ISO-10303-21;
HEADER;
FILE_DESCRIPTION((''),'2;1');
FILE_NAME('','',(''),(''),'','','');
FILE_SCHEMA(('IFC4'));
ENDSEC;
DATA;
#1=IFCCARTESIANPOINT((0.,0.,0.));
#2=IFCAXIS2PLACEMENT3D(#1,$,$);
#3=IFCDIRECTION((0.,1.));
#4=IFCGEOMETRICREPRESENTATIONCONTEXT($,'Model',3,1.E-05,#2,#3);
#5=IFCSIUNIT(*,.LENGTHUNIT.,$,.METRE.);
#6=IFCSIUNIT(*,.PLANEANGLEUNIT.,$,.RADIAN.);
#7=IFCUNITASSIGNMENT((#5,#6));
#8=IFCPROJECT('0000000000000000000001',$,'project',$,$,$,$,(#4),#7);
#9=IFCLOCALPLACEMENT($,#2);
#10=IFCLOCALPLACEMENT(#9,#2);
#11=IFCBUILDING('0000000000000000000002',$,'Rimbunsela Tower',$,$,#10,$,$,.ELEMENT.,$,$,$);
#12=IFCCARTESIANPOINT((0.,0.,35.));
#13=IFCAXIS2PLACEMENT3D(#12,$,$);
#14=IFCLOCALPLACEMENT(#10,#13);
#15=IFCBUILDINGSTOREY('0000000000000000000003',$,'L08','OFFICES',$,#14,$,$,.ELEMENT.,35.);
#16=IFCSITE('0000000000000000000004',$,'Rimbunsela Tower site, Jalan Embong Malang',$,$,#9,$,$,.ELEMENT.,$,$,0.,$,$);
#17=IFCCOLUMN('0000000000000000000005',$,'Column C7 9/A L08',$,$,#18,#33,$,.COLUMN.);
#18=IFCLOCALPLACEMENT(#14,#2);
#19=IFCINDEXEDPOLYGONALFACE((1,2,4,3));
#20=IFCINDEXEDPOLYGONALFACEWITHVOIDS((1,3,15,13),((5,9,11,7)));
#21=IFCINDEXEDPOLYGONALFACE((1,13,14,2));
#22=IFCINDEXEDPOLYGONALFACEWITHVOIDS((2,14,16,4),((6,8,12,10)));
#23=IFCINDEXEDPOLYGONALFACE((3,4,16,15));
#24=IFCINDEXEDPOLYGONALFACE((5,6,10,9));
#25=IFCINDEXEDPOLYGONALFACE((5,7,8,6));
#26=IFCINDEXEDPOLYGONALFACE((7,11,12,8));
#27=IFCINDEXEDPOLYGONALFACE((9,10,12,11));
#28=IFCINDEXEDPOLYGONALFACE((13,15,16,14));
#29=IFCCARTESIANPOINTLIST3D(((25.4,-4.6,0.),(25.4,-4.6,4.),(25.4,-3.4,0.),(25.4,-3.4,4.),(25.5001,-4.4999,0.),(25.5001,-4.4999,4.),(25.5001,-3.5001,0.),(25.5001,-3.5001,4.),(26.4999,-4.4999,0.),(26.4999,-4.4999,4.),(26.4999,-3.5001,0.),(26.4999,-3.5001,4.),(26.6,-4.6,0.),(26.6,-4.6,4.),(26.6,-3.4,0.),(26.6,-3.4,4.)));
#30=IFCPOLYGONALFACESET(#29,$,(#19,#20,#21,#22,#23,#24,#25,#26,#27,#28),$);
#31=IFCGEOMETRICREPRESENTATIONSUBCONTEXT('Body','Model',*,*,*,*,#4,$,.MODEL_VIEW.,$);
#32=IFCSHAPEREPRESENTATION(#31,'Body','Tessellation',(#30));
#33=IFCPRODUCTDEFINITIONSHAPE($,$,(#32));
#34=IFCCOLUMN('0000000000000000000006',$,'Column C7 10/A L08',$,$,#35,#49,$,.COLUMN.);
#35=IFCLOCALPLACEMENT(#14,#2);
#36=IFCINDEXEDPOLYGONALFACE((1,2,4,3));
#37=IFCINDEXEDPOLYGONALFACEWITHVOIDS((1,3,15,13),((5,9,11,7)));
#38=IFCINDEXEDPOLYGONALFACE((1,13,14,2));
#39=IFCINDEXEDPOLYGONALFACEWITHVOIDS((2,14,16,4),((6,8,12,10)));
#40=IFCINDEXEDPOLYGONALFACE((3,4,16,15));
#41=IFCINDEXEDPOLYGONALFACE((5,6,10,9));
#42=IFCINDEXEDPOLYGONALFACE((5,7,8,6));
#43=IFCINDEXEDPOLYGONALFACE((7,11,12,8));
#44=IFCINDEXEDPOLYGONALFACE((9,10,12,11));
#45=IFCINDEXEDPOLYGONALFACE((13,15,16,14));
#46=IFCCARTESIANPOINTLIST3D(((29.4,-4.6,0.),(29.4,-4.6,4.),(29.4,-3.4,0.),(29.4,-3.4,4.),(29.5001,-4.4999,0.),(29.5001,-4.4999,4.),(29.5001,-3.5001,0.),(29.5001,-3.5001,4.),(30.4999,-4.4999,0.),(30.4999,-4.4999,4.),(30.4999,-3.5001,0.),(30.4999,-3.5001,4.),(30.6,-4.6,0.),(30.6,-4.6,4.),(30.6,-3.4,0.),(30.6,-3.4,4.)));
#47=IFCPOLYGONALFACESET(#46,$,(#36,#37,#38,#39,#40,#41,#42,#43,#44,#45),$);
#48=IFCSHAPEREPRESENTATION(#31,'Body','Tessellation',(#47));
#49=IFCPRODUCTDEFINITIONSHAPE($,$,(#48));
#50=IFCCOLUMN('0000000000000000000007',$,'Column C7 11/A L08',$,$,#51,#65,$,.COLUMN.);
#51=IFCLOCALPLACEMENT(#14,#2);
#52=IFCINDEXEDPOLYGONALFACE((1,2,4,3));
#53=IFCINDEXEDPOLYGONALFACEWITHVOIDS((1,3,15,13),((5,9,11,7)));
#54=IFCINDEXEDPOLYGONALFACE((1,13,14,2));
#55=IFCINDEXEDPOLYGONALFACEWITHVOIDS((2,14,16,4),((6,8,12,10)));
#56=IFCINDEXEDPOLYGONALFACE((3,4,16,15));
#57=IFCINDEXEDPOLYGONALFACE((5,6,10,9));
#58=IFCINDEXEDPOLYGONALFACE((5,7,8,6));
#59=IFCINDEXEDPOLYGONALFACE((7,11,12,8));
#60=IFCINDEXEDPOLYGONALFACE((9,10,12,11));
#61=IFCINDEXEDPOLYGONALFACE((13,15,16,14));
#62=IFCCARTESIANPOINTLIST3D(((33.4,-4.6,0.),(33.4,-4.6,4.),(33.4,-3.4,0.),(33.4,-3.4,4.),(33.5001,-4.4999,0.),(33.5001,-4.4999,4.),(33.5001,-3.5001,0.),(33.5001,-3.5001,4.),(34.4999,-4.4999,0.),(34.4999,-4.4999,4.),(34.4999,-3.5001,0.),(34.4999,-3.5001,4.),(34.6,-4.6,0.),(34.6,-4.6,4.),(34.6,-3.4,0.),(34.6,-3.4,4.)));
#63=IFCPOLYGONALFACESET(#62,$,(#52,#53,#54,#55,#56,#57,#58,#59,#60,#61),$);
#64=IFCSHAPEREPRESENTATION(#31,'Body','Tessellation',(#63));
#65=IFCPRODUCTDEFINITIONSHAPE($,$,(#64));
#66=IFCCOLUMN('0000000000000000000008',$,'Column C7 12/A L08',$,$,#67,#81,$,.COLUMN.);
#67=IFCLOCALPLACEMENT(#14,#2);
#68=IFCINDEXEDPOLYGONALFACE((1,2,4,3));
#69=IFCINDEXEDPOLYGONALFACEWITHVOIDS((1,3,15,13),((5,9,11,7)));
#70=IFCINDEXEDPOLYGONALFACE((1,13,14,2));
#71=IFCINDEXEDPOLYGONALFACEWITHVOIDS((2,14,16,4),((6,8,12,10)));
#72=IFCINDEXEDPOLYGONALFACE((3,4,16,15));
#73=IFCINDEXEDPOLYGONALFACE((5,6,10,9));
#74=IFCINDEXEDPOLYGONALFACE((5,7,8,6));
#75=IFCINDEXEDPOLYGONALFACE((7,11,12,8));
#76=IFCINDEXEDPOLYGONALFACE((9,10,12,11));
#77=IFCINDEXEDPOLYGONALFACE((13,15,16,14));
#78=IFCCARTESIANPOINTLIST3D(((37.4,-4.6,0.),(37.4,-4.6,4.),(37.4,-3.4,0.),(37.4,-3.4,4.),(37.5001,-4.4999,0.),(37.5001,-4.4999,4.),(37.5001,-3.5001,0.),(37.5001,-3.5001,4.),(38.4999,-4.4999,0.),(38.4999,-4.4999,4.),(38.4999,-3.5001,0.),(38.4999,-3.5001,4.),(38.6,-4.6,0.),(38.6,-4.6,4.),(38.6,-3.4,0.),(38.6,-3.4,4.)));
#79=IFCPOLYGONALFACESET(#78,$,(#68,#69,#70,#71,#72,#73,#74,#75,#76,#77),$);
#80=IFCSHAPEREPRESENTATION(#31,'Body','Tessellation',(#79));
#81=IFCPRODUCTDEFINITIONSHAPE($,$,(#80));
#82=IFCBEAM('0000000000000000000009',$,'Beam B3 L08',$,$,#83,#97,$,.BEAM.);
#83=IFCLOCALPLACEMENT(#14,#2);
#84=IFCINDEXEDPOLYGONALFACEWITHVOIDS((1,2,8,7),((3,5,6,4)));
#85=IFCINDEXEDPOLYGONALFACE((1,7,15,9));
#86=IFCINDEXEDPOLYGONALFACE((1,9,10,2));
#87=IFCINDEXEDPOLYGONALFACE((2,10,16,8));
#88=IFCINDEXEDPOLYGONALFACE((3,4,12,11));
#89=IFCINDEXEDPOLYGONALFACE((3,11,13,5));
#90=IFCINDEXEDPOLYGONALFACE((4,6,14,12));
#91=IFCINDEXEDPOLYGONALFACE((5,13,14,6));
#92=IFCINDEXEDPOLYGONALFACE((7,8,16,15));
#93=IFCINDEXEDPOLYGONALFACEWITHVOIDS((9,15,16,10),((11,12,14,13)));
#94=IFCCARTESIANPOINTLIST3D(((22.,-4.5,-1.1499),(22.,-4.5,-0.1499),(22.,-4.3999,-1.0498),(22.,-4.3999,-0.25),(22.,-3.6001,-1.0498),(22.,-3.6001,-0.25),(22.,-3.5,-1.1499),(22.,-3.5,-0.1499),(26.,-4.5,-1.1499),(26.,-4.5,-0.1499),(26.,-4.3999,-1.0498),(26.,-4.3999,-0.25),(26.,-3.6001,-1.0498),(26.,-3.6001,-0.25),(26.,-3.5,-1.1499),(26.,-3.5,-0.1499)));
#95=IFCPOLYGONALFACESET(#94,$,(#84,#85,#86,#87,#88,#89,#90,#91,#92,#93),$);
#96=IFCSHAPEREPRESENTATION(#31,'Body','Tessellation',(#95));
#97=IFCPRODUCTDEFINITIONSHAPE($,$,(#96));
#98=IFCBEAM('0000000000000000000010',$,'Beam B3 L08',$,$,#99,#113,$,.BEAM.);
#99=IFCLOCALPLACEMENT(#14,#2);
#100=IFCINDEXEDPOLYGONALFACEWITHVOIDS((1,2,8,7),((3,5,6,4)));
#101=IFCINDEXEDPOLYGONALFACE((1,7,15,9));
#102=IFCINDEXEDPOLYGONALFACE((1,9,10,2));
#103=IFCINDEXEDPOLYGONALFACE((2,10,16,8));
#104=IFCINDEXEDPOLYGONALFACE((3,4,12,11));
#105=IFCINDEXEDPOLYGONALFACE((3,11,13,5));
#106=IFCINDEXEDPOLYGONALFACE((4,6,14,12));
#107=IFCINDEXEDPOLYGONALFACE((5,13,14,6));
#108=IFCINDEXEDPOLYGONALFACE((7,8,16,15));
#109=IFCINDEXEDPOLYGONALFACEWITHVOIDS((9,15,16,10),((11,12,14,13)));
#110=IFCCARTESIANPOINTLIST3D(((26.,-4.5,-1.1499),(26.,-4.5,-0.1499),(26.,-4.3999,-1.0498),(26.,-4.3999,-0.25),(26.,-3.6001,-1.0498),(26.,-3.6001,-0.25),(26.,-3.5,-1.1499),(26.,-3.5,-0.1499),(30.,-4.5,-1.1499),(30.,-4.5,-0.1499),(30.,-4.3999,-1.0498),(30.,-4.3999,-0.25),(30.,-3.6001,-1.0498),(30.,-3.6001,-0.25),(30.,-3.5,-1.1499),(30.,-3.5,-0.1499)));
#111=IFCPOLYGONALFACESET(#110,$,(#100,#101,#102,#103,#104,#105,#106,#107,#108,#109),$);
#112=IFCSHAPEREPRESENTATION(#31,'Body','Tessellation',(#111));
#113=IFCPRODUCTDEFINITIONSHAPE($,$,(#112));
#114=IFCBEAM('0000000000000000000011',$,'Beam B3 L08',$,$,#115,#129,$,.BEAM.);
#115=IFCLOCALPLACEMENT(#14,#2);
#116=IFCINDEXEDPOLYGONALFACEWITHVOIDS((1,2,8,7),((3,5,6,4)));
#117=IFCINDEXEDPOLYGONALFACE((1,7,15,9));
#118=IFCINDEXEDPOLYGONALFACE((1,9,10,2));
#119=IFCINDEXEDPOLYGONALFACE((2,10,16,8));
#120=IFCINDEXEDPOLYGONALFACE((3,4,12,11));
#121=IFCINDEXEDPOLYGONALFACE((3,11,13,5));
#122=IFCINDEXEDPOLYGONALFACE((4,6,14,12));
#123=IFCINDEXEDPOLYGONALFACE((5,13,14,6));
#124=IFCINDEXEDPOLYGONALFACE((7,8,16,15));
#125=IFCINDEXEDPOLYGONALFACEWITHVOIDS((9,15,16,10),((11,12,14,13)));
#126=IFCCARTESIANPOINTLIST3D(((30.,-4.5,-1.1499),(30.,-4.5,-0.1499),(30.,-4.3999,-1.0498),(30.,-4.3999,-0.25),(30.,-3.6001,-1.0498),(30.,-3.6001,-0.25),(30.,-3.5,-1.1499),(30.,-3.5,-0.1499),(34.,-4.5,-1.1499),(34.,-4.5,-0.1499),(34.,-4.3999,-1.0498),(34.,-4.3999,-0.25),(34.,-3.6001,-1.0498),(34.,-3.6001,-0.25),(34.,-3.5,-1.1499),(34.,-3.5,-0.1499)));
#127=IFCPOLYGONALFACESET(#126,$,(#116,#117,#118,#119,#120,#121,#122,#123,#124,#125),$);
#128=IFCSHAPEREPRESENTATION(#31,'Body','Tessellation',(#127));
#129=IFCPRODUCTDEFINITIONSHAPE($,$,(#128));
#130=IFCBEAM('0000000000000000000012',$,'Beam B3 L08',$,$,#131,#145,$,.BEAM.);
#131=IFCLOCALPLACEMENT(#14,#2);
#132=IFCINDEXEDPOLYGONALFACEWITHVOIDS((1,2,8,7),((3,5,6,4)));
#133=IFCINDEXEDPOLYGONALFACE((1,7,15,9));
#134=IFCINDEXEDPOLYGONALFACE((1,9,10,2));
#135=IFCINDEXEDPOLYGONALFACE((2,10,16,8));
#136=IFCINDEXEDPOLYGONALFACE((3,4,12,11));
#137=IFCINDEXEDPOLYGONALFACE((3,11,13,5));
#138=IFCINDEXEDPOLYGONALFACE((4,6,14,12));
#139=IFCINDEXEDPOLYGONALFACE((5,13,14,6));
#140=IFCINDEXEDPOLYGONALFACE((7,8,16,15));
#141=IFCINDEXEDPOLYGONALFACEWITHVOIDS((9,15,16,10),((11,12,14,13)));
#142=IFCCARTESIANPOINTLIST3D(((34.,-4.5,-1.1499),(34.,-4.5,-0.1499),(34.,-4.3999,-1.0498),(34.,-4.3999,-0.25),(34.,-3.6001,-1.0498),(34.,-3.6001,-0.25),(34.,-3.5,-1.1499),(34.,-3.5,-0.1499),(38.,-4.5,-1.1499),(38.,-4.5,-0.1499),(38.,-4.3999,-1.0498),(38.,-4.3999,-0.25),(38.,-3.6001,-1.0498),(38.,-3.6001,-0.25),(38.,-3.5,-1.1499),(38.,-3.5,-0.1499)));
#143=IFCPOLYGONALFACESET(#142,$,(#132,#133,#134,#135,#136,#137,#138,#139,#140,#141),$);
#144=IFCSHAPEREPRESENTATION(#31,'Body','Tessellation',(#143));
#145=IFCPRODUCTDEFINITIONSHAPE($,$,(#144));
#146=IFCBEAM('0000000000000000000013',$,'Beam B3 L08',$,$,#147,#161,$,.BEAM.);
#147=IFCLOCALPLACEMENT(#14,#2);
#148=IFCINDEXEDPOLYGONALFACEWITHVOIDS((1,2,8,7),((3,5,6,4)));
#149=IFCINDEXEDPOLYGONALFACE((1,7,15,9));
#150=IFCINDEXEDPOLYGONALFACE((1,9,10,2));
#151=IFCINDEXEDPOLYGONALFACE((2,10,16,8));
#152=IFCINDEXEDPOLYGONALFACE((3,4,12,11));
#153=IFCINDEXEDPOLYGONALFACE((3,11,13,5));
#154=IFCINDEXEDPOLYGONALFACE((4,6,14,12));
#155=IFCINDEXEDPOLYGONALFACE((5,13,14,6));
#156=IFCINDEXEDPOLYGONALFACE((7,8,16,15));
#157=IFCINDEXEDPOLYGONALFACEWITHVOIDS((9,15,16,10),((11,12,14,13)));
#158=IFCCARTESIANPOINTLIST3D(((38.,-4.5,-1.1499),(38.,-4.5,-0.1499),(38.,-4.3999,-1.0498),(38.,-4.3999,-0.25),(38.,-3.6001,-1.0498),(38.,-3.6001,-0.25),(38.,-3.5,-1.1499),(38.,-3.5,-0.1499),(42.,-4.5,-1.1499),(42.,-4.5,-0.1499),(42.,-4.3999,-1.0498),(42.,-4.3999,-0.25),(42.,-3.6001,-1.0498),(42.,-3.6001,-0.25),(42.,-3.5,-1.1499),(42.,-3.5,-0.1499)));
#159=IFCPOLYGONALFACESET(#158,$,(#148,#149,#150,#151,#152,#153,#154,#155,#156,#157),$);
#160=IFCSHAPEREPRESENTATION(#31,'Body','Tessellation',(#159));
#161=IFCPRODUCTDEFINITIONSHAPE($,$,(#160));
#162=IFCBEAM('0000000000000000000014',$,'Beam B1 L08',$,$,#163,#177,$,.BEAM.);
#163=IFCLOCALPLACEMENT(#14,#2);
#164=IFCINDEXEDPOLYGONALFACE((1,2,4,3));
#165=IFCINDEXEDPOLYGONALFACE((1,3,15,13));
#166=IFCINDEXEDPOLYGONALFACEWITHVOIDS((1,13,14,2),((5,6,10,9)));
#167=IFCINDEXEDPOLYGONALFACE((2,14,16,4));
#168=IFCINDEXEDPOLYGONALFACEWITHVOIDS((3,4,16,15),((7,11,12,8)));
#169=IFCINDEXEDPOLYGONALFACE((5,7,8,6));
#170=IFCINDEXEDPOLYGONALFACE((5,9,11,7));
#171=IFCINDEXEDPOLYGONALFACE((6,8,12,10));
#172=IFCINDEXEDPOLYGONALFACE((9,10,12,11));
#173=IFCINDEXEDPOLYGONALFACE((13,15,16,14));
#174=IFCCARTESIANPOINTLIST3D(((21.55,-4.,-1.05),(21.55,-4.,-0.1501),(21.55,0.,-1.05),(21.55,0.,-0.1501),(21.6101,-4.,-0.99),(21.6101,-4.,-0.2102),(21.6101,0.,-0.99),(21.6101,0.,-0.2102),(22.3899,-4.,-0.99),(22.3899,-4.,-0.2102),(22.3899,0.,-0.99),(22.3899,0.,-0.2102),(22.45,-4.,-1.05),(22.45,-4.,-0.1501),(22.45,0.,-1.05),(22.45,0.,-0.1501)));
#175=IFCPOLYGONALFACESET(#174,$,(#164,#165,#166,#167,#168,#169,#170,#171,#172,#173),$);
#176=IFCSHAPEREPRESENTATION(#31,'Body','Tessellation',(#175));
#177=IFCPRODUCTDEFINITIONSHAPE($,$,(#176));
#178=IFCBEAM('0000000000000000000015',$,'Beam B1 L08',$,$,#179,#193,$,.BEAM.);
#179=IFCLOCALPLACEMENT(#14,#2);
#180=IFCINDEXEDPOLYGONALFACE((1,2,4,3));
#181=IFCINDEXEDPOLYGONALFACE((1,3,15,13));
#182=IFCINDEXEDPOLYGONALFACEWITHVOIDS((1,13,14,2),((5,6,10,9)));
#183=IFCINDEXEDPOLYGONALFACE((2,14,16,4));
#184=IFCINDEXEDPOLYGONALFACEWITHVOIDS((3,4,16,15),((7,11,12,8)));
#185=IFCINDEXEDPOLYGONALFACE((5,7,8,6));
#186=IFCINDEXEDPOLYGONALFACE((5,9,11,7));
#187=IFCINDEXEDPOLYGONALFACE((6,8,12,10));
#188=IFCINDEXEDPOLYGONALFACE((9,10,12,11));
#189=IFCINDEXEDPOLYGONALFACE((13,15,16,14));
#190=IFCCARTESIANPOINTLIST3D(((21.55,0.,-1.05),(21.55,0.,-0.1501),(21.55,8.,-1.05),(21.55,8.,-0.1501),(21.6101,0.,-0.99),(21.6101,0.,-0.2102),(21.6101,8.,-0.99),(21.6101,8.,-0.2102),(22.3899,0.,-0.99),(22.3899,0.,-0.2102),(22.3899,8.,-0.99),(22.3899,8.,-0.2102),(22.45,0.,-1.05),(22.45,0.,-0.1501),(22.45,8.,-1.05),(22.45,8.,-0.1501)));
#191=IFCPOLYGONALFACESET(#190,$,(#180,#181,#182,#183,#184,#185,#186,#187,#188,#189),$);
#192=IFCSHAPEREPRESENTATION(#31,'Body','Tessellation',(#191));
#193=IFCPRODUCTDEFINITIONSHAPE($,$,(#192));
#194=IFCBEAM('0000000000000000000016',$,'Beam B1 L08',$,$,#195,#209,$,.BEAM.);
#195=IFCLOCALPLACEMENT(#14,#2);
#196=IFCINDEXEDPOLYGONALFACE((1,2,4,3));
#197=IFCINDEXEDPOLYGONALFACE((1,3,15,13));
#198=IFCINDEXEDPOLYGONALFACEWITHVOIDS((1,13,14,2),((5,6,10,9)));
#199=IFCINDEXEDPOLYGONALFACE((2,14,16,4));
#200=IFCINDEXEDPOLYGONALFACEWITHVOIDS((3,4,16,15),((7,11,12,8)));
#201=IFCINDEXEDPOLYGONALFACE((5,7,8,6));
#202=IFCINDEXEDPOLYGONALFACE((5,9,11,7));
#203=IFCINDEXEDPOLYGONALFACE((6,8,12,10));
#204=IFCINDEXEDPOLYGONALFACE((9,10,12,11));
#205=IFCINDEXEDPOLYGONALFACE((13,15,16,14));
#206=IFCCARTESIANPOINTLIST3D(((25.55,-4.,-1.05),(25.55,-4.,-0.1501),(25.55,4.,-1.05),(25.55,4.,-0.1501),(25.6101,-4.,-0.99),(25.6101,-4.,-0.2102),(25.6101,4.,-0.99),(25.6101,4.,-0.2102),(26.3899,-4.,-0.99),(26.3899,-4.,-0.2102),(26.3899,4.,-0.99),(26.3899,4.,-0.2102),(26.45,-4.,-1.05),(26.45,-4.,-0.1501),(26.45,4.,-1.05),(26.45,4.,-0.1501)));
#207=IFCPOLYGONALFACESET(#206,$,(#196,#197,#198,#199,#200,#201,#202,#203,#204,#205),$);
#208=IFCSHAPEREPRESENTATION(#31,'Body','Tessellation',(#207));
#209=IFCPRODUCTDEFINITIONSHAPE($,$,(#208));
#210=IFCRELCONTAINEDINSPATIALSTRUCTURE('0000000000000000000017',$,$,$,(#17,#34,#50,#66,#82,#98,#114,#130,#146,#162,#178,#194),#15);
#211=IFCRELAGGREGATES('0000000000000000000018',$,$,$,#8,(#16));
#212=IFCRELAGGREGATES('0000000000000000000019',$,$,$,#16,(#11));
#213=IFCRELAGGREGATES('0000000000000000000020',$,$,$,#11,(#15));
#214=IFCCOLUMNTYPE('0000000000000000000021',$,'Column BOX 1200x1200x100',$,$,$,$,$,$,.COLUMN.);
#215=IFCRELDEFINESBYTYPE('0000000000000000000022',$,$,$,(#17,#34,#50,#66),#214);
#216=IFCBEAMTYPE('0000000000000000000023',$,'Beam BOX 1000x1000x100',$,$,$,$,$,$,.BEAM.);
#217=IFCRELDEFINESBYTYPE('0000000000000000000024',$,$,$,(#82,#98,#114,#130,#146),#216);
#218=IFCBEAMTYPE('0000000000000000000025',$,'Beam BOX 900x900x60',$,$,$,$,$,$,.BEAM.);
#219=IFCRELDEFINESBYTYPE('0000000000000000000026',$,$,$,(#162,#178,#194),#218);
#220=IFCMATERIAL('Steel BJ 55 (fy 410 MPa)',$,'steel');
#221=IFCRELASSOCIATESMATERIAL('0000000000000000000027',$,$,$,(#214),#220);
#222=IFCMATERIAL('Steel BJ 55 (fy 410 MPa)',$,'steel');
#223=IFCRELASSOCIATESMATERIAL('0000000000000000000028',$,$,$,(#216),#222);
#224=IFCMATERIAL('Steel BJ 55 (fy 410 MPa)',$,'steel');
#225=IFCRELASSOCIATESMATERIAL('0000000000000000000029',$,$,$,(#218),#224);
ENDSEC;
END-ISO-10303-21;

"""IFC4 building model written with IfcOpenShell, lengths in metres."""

from ifc_helpers import new_model, si_unit, direction, frame, origin, origin_2d, place, context, subcontext, project, spatial, hollow_rectangle, extrude, material, material_profile, profile_set, type_object, element, save


model = new_model("IFC4")

# Units and contexts
model_context = context("Model", 3, precision=1e-05, world=origin(), true_north=direction((0.0, 1.0)))
body_context = subcontext(model_context, "Body", "Model", "MODEL_VIEW")
ifc_project = project(units=[si_unit("LENGTHUNIT", "METRE"), si_unit("PLANEANGLEUNIT", "RADIAN")], contexts=[model_context])

# Site, building, storey
site_placement = place(None, origin())
site = spatial("IfcSite", under=ifc_project, at=site_placement, Name="Rimbunsela Tower site, Jalan Embong Malang", CompositionType="ELEMENT", RefElevation=0.0)
building_placement = place(site_placement, origin())
building = spatial("IfcBuilding", under=site, at=building_placement, Name="Rimbunsela Tower", CompositionType="ELEMENT")
storey_placement = place(building_placement, frame((0.0, 0.0, 35.0)))
storey = spatial("IfcBuildingStorey", under=building, at=storey_placement, Name="L08", Description="OFFICES", CompositionType="ELEMENT", Elevation=35.0)

# Columns
ifc_material_1 = material(Name="Steel BJ 55 (fy 410 MPa)", Category="steel")
ifc_material_profile_1 = material_profile(ifc_material_1, hollow_rectangle(XDim=1.2, YDim=1.2, WallThickness=0.1001, at=origin_2d()), Name="BOX 1200x1200x100")
ifc_profile_set_1 = profile_set([ifc_material_profile_1], Name="Steel BJ 55 (fy 410 MPa)")
column_type = type_object("IfcColumnType", Name="Column BOX 1200x1200x100", PredefinedType="COLUMN", material=ifc_profile_set_1)
for number, where, z_axis, x_axis, name in (
    (1, (26.0, -4.0, 0.0), (0.0, 0.0, 1.0), (1.0, 0.0, 0.0), "Column C7 9/A L08"),
    (2, (30.0, -4.0, 0.0), (0.0, 0.0, 1.0), (1.0, 0.0, 0.0), "Column C7 10/A L08"),
    (3, (34.0, -4.0, 0.0), (0.0, 0.0, 1.0), (1.0, 0.0, 0.0), "Column C7 11/A L08"),
    (4, (38.0, -4.0, 0.0), (0.0, 0.0, 1.0), (1.0, 0.0, 0.0), "Column C7 12/A L08"),
):
    element("IfcColumn", number, at=place(storey_placement, frame(where, z_axis=z_axis, x_axis=x_axis)), inside=storey, type_object=column_type, Name=name, PredefinedType="COLUMN", context=body_context, shape_type="SweptSolid", body=[
        extrude(hollow_rectangle(XDim=1.2, YDim=1.2, WallThickness=0.1001, at=origin_2d()), origin(), (0.0, 0.0, 1.0), 4.0),
    ])

# Beams
ifc_material_2 = material(Name="Steel BJ 55 (fy 410 MPa)", Category="steel")
ifc_material_profile_2 = material_profile(ifc_material_2, hollow_rectangle(XDim=1.0, YDim=1.0, WallThickness=0.1001, at=origin_2d()), Name="BOX 1000x1000x100")
ifc_profile_set_2 = profile_set([ifc_material_profile_2], Name="Steel BJ 55 (fy 410 MPa)")
beam_type_1 = type_object("IfcBeamType", Name="Beam BOX 1000x1000x100", PredefinedType="BEAM", material=ifc_profile_set_2)
for number, where, z_axis, x_axis, name in (
    (5, (22.0, -4.0, -0.6499), (1.0, 0.0, 0.0), (0.0, 1.0, 0.0), "Beam B3 L08"),
    (6, (26.0, -4.0, -0.6499), (1.0, 0.0, 0.0), (0.0, 1.0, 0.0), "Beam B3 L08"),
    (7, (30.0, -4.0, -0.6499), (1.0, 0.0, 0.0), (0.0, 1.0, 0.0), "Beam B3 L08"),
    (8, (34.0, -4.0, -0.6499), (1.0, 0.0, 0.0), (0.0, 1.0, 0.0), "Beam B3 L08"),
    (9, (38.0, -4.0, -0.6499), (1.0, 0.0, 0.0), (0.0, 1.0, 0.0), "Beam B3 L08"),
):
    element("IfcBeam", number, at=place(storey_placement, frame(where, z_axis=z_axis, x_axis=x_axis)), inside=storey, type_object=beam_type_1, Name=name, PredefinedType="BEAM", context=body_context, shape_type="SweptSolid", body=[
        extrude(hollow_rectangle(XDim=1.0, YDim=1.0, WallThickness=0.1001, at=origin_2d()), origin(), (0.0, 0.0, 1.0), 4.0),
    ])
ifc_material_3 = material(Name="Steel BJ 55 (fy 410 MPa)", Category="steel")
ifc_material_profile_3 = material_profile(ifc_material_3, hollow_rectangle(XDim=0.8999, YDim=0.8999, WallThickness=0.0601, at=origin_2d()), Name="BOX 900x900x60")
ifc_profile_set_3 = profile_set([ifc_material_profile_3], Name="Steel BJ 55 (fy 410 MPa)")
beam_type_2 = type_object("IfcBeamType", Name="Beam BOX 900x900x60", PredefinedType="BEAM", material=ifc_profile_set_3)
beam_1_placement = place(storey_placement, frame((22.0, -4.0, -0.6001), z_axis=(0.0, 1.0, 0.0), x_axis=(-1.0, 0.0, 0.0)))
element("IfcBeam", 10, at=beam_1_placement, inside=storey, type_object=beam_type_2, Name="Beam B1 L08", PredefinedType="BEAM", context=body_context, shape_type="SweptSolid", body=[
    extrude(hollow_rectangle(XDim=0.8999, YDim=0.8999, WallThickness=0.0601, at=origin_2d()), origin(), (0.0, 0.0, 1.0), 4.0),
])
for number, where, z_axis, x_axis, name in (
    (11, (22.0, 0.0, -0.6001), (0.0, 1.0, 0.0), (-1.0, 0.0, 0.0), "Beam B1 L08"),
    (12, (26.0, -4.0, -0.6001), (0.0, 1.0, 0.0), (-1.0, 0.0, 0.0), "Beam B1 L08"),
):
    element("IfcBeam", number, at=place(storey_placement, frame(where, z_axis=z_axis, x_axis=x_axis)), inside=storey, type_object=beam_type_2, Name=name, PredefinedType="BEAM", context=body_context, shape_type="SweptSolid", body=[
        extrude(hollow_rectangle(XDim=0.8999, YDim=0.8999, WallThickness=0.0601, at=origin_2d()), origin(), (0.0, 0.0, 1.0), 8.0),
    ])

save(model, "model.ifc")
